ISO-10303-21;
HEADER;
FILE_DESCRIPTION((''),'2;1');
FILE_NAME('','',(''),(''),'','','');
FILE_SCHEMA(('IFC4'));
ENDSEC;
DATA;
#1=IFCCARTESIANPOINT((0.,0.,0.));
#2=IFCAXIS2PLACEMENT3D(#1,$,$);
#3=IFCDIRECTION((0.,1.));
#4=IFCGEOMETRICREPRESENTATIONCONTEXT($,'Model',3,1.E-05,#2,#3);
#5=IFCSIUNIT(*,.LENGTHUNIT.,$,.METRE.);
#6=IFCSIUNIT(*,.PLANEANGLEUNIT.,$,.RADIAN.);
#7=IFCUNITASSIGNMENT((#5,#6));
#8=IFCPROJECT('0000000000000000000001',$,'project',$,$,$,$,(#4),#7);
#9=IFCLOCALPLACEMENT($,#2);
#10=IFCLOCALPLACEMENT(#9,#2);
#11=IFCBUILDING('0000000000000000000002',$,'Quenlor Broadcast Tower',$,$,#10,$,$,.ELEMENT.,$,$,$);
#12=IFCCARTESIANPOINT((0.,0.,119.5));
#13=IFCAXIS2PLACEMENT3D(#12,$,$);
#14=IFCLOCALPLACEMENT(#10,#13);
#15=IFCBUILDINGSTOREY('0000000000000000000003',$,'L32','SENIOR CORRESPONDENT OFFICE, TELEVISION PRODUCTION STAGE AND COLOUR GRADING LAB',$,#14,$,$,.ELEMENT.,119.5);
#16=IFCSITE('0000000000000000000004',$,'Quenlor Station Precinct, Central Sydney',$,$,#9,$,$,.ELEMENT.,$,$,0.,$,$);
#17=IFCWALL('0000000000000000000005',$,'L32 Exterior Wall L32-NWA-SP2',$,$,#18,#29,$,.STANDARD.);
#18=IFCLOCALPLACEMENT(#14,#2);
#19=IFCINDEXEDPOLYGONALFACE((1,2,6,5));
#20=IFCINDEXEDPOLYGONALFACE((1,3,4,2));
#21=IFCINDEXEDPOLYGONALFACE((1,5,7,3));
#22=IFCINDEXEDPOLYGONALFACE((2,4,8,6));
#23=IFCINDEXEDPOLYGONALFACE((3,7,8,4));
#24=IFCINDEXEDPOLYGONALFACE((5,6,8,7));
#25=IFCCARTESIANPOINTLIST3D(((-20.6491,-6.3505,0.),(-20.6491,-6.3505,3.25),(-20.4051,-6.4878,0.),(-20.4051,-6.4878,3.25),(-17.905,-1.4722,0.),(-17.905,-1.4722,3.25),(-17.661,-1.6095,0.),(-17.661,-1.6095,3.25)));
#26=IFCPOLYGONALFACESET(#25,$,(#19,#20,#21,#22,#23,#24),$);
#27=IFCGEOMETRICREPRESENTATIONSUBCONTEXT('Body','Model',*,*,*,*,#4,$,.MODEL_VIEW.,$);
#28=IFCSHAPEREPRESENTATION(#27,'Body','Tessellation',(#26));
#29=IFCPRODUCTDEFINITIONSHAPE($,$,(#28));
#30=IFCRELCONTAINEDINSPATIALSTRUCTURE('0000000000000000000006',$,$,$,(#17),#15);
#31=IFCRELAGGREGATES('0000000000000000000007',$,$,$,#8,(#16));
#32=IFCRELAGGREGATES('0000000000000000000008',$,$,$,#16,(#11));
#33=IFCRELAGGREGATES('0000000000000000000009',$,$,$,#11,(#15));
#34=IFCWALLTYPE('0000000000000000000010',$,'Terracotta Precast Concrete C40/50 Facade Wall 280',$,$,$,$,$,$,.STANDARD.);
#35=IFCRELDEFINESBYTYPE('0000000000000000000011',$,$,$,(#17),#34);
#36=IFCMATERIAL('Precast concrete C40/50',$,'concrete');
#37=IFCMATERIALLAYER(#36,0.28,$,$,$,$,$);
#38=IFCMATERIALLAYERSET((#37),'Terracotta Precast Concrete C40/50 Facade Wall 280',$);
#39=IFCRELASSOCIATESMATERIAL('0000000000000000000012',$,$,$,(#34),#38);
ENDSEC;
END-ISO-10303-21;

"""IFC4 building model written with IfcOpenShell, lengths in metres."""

from ifc_helpers import new_model, si_unit, direction, frame, frame_2d, origin, place, context, subcontext, project, spatial, rectangle, extrude, material, layer, layer_set, type_object, element, save


model = new_model("IFC4")

# Units and contexts
model_context = context("Model", 3, precision=1e-05, world=origin(), true_north=direction((0.0, 1.0)))
body_context = subcontext(model_context, "Body", "Model", "MODEL_VIEW")
ifc_project = project(units=[si_unit("LENGTHUNIT", "METRE"), si_unit("PLANEANGLEUNIT", "RADIAN")], contexts=[model_context])

# Site, building, storey
site_placement = place(None, origin())
site = spatial("IfcSite", under=ifc_project, at=site_placement, Name="Quenlor Station Precinct, Central Sydney", CompositionType="ELEMENT", RefElevation=0.0)
building_placement = place(site_placement, origin())
building = spatial("IfcBuilding", under=site, at=building_placement, Name="Quenlor Broadcast Tower", CompositionType="ELEMENT")
storey_placement = place(building_placement, frame((0.0, 0.0, 119.5)))
storey = spatial("IfcBuildingStorey", under=building, at=storey_placement, Name="L32", Description="SENIOR CORRESPONDENT OFFICE, TELEVISION PRODUCTION STAGE AND COLOUR GRADING LAB", CompositionType="ELEMENT", Elevation=119.5)

# Wall
ifc_material_1 = material(Name="Precast concrete C40/50", Category="concrete")
ifc_layer_1 = layer(ifc_material_1, 0.28)
ifc_layer_set_1 = layer_set([ifc_layer_1], Name="Terracotta Precast Concrete C40/50 Facade Wall 280")
wall_type_1 = type_object("IfcWallType", Name="Terracotta Precast Concrete C40/50 Facade Wall 280", PredefinedType="STANDARD", material=ifc_layer_set_1)
wall_1_placement = place(storey_placement, frame((-20.5271, -6.4192, 0.0), z_axis=(0.0, 0.0, 1.0), x_axis=(0.490265, 0.871573, 0.0)))
element("IfcWall", 1, at=wall_1_placement, inside=storey, type_object=wall_type_1, Name="L32 Exterior Wall L32-NWA-SP2", PredefinedType="STANDARD", context=body_context, shape_type="SweptSolid", body=[
    extrude(rectangle(XDim=5.5972, YDim=0.28, at=frame_2d((2.7986, 0.0))), origin(), (0.0, 0.0, 1.0), 3.25),
])

save(model, "model.ifc")
